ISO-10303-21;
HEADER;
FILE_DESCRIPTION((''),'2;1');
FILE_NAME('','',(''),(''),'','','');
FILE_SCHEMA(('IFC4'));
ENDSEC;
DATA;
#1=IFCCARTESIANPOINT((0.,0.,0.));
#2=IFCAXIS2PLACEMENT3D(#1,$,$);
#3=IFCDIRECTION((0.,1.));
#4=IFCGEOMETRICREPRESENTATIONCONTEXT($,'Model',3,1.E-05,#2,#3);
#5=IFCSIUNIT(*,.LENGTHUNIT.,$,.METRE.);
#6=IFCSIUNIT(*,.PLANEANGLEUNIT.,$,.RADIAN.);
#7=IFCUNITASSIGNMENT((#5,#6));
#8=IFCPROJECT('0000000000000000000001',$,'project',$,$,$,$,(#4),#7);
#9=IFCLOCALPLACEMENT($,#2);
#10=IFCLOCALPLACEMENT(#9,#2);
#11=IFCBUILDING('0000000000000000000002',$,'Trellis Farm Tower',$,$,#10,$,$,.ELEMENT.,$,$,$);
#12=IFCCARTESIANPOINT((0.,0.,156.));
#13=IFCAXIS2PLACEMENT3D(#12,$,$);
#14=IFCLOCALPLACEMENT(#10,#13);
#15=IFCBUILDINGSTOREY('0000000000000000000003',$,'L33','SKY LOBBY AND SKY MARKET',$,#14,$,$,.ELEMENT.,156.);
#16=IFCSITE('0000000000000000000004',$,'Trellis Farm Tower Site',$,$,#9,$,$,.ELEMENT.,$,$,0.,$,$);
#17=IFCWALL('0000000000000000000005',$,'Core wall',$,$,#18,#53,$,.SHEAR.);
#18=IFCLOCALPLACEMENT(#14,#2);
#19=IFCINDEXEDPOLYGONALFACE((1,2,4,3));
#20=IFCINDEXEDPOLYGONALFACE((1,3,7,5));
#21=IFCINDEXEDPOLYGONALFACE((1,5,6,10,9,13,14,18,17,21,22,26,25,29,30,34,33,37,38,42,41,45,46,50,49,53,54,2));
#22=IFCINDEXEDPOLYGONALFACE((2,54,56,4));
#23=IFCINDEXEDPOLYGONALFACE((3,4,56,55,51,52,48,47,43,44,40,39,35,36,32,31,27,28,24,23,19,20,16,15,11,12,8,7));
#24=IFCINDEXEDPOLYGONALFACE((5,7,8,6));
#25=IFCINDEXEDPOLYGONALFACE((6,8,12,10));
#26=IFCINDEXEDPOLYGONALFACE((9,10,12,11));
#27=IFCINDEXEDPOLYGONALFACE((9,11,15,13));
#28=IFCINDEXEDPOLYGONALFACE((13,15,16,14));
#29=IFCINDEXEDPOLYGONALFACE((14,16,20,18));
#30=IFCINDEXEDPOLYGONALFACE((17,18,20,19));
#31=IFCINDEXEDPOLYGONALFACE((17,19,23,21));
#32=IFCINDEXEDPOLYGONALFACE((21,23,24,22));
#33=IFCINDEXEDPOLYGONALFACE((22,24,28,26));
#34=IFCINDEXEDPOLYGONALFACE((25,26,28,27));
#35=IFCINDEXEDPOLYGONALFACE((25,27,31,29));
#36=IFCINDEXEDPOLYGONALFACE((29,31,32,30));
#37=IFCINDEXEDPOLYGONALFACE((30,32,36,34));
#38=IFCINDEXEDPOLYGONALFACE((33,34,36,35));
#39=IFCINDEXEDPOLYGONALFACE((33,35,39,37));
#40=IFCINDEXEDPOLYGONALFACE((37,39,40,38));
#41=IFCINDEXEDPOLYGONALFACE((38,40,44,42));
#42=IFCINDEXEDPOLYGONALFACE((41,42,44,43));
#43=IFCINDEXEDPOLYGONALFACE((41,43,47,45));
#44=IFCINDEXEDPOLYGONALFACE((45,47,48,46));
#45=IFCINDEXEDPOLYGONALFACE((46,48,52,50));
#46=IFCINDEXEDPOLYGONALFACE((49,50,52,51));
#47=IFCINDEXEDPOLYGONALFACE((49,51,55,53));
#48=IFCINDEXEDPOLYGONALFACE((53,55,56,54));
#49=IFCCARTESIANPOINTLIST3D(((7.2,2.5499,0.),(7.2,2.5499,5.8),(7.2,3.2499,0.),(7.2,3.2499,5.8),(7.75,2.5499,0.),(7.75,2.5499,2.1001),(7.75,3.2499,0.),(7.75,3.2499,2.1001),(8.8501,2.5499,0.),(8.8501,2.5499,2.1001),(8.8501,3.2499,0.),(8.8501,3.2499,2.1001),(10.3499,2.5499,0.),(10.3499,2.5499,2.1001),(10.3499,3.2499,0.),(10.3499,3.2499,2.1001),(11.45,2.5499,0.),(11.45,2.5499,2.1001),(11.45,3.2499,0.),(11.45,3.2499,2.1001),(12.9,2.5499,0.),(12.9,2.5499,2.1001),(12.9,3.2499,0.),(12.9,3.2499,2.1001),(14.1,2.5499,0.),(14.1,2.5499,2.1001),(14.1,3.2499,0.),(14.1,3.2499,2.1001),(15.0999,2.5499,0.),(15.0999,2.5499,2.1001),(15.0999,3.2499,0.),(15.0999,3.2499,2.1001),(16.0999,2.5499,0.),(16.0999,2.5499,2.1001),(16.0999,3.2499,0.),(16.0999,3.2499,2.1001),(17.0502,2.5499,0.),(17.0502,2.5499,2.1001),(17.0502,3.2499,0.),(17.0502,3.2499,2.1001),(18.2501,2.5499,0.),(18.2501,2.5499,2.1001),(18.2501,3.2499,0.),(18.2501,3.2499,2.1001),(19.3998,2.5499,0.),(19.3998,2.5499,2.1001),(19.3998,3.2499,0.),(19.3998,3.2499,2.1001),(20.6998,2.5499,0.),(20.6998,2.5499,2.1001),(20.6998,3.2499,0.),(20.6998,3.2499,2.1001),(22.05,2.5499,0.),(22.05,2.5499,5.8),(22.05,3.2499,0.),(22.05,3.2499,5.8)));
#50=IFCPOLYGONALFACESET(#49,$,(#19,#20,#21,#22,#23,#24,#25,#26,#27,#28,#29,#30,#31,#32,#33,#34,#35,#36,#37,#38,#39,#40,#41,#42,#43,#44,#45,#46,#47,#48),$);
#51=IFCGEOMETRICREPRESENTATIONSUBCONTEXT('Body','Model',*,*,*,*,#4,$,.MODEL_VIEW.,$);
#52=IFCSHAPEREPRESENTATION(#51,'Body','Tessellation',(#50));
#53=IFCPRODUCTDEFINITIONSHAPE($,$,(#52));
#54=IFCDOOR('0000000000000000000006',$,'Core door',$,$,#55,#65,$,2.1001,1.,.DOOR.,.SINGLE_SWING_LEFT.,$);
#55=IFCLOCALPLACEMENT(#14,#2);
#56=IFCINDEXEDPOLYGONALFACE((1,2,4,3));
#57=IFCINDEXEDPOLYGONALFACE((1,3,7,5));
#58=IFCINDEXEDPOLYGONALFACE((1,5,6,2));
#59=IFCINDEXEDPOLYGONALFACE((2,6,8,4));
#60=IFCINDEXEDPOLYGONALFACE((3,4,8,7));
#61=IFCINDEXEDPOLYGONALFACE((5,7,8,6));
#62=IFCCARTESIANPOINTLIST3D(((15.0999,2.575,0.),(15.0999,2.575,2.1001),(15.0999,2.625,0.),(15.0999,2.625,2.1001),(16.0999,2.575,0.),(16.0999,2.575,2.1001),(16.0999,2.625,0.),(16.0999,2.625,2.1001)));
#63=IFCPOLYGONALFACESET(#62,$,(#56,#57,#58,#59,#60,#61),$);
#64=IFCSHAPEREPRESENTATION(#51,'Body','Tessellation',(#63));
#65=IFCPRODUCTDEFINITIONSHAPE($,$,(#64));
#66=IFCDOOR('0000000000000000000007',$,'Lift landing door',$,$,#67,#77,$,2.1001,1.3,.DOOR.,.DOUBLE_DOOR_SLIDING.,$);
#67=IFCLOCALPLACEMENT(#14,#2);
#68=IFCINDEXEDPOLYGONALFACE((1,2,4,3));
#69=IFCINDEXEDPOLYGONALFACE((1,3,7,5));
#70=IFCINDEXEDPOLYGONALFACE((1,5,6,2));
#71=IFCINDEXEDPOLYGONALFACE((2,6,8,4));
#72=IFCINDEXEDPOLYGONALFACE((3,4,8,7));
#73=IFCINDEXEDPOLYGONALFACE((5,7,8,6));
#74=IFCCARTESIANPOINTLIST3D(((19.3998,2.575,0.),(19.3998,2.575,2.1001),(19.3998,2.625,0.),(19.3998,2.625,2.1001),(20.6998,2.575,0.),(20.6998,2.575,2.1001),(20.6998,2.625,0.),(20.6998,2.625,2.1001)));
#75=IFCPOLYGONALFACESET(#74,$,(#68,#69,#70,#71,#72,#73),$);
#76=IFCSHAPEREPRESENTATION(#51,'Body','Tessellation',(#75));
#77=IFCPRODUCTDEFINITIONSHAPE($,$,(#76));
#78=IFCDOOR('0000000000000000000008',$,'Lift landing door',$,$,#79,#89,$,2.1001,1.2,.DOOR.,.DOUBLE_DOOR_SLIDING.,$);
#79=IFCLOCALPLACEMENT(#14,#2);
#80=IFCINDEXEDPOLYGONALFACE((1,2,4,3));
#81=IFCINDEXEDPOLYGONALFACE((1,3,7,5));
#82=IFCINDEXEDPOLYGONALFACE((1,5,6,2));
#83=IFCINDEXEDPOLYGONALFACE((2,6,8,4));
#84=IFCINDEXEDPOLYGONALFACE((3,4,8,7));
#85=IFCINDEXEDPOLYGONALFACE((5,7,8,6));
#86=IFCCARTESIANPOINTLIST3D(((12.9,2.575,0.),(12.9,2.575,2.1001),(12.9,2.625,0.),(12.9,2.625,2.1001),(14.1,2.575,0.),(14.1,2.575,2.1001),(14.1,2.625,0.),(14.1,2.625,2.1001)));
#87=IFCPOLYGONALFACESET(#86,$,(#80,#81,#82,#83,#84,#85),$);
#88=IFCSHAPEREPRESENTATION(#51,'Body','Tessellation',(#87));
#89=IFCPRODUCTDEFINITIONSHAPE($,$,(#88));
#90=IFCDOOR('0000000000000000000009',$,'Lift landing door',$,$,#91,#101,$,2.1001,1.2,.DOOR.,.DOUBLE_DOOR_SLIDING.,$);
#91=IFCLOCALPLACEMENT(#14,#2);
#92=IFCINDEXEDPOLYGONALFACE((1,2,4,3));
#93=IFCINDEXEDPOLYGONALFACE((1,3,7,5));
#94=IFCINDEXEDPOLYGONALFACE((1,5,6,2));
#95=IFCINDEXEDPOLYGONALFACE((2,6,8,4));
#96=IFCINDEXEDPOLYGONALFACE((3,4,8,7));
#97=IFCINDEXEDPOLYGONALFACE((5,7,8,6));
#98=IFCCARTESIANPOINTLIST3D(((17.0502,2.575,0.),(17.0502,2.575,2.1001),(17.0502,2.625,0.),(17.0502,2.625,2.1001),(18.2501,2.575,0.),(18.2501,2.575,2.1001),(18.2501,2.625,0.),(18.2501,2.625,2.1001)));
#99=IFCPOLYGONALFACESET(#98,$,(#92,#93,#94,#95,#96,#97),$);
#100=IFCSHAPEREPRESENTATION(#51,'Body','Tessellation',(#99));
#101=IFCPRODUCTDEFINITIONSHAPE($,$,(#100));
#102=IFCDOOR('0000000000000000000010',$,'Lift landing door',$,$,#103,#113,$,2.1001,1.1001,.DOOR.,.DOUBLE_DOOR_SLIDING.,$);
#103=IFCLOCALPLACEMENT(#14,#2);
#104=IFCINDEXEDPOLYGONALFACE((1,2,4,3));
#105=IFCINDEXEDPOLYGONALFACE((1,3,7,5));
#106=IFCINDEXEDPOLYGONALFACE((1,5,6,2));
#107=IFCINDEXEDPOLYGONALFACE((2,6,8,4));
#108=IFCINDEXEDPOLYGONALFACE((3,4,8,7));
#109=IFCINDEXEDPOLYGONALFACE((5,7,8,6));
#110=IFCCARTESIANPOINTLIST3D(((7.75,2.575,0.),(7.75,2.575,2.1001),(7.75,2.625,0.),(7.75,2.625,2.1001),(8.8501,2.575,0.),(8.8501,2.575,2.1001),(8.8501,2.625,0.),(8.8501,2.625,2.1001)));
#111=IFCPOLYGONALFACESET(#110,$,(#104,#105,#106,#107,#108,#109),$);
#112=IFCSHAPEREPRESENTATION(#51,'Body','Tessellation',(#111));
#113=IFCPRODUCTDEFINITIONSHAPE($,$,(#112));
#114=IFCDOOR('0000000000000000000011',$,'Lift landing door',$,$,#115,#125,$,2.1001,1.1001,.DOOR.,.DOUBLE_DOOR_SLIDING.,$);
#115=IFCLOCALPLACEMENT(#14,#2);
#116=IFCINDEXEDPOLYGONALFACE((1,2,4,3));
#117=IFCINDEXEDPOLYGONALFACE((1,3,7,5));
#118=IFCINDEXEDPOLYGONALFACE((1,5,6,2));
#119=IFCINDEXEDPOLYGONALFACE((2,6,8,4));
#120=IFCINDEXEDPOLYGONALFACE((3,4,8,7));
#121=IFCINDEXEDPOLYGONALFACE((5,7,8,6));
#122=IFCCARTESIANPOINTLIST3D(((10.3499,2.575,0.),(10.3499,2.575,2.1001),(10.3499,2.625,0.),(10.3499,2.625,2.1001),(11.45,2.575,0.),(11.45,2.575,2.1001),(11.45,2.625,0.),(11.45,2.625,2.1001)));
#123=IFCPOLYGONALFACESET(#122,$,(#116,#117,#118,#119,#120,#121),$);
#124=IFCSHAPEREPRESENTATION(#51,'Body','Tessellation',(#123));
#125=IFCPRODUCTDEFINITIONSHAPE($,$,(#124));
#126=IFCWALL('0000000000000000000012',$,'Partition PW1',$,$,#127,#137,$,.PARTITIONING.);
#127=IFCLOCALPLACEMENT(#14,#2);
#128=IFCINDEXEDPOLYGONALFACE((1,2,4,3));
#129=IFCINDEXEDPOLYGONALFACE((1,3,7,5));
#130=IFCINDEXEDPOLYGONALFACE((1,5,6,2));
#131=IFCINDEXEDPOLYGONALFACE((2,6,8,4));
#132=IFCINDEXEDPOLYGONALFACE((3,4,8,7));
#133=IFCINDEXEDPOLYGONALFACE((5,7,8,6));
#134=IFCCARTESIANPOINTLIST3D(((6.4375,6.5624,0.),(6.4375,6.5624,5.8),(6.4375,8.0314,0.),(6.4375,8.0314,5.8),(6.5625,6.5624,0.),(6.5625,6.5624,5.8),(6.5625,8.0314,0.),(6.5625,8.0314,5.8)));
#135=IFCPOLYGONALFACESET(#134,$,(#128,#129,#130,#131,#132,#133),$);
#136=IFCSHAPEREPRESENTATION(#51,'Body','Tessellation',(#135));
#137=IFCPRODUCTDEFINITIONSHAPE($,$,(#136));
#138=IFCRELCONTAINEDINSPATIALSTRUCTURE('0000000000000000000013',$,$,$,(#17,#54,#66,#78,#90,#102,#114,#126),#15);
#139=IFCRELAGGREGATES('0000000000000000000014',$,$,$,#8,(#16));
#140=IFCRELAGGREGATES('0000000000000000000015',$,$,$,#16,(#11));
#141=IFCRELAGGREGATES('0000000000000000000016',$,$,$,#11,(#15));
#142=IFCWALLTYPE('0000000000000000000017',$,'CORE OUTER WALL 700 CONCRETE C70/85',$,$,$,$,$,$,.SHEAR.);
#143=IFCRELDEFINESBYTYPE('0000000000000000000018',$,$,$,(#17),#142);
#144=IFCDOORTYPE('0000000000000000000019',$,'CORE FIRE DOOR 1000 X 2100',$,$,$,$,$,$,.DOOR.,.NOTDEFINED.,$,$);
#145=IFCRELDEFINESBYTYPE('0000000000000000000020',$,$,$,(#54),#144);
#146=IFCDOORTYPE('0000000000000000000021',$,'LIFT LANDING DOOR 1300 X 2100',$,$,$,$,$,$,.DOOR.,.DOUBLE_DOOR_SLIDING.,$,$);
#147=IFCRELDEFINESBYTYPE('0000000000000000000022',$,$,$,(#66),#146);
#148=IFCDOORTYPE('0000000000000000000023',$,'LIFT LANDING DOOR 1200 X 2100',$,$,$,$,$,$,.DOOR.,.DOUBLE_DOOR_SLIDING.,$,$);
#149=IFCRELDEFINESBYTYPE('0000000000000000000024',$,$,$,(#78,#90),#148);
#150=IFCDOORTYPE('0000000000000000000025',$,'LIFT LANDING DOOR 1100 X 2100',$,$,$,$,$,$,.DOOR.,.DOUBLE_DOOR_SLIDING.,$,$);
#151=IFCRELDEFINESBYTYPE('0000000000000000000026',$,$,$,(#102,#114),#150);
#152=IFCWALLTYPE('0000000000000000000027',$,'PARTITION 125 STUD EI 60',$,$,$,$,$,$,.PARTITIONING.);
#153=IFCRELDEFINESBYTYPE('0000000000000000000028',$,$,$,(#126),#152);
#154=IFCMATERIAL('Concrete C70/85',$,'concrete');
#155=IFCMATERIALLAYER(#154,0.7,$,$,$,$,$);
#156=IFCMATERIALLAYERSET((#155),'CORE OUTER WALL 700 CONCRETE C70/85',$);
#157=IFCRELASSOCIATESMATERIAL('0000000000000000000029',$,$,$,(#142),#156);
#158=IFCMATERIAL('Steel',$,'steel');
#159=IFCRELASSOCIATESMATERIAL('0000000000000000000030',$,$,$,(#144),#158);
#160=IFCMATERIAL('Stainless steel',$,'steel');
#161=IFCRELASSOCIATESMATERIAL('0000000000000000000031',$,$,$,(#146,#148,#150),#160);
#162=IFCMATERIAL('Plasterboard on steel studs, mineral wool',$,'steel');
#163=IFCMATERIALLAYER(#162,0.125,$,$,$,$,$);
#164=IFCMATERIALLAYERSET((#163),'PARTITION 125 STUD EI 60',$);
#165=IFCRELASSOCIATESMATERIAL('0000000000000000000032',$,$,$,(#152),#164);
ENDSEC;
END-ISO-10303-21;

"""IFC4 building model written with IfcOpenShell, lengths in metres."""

from ifc_helpers import new_model, si_unit, direction, frame, frame_2d, origin, place, context, subcontext, project, spatial, rectangle, extrude, source, transform, mapped, material, layer, layer_set, type_object, element, fill, save


model = new_model("IFC4")

# Units and contexts
model_context = context("Model", 3, precision=1e-05, world=origin(), true_north=direction((0.0, 1.0)))
body_context = subcontext(model_context, "Body", "Model", "MODEL_VIEW")
ifc_project = project(units=[si_unit("LENGTHUNIT", "METRE"), si_unit("PLANEANGLEUNIT", "RADIAN")], contexts=[model_context])

# Site, building, storey
site_placement = place(None, origin())
site = spatial("IfcSite", under=ifc_project, at=site_placement, Name="Trellis Farm Tower Site", CompositionType="ELEMENT", RefElevation=0.0)
building_placement = place(site_placement, origin())
building = spatial("IfcBuilding", under=site, at=building_placement, Name="Trellis Farm Tower", CompositionType="ELEMENT")
storey_placement = place(building_placement, frame((0.0, 0.0, 156.0)))
storey = spatial("IfcBuildingStorey", under=building, at=storey_placement, Name="L33", Description="SKY LOBBY AND SKY MARKET", CompositionType="ELEMENT", Elevation=156.0)

# Shared definitions
ifc_material_1 = material(Name="Concrete C70/85", Category="concrete")

# Wall, openings, doors
ifc_layer_1 = layer(ifc_material_1, 0.7)
ifc_layer_set_1 = layer_set([ifc_layer_1], Name="CORE OUTER WALL 700 CONCRETE C70/85")
wall_type_1 = type_object("IfcWallType", Name="CORE OUTER WALL 700 CONCRETE C70/85", PredefinedType="SHEAR", material=ifc_layer_set_1)
shared_shape_1 = source(origin(), body_context, "Body", "SweptSolid", [
    extrude(rectangle(XDim=14.8501, YDim=0.7, at=frame_2d((7.425, 0.0))), origin(), (0.0, 0.0, 1.0), 5.8),
])
wall_1_placement = place(storey_placement, frame((7.2, 2.8999, 0.0), z_axis=(0.0, 0.0, 1.0), x_axis=(1.0, 0.0, 0.0)))
wall_1 = element("IfcWall", 1, at=wall_1_placement, inside=storey, type_object=wall_type_1, Name="Core wall", PredefinedType="SHEAR", context=body_context, shape_type="MappedRepresentation", body=[
    mapped(shared_shape_1, transform((0.0, 0.0, 0.0))),
])
shared_shape_2 = source(origin(), body_context, "Body", "SweptSolid", [
    extrude(rectangle(XDim=1.1001, YDim=2.1001, at=frame_2d((0.55, 1.05))), frame((0.0, 0.3601, 0.0), z_axis=(0.0, -1.0, 0.0), x_axis=(1.0, 0.0, 0.0)), (0.0, 0.0, 1.0), 0.7202),
])
opening_1_placement = place(wall_1_placement, frame((0.55, 0.0, 0.0)))
opening_1 = element("IfcOpeningElement", 2, at=opening_1_placement, cuts=wall_1, PredefinedType="OPENING", context=body_context, shape_type="MappedRepresentation", body=[
    mapped(shared_shape_2, transform((0.0, 0.0, 0.0))),
])
opening_2_placement = place(wall_1_placement, frame((3.1499, 0.0, 0.0)))
opening_2 = element("IfcOpeningElement", 3, at=opening_2_placement, cuts=wall_1, PredefinedType="OPENING", context=body_context, shape_type="MappedRepresentation", body=[
    mapped(shared_shape_2, transform((0.0, 0.0, 0.0))),
])
shared_shape_3 = source(origin(), body_context, "Body", "SweptSolid", [
    extrude(rectangle(XDim=1.2, YDim=2.1001, at=frame_2d((0.6001, 1.05))), frame((0.0, 0.3601, 0.0), z_axis=(0.0, -1.0, 0.0), x_axis=(1.0, 0.0, 0.0)), (0.0, 0.0, 1.0), 0.7202),
])
opening_3_placement = place(wall_1_placement, frame((5.7, 0.0, 0.0)))
opening_3 = element("IfcOpeningElement", 4, at=opening_3_placement, cuts=wall_1, PredefinedType="OPENING", context=body_context, shape_type="MappedRepresentation", body=[
    mapped(shared_shape_3, transform((0.0, 0.0, 0.0))),
])
shared_shape_4 = source(origin(), body_context, "Body", "SweptSolid", [
    extrude(rectangle(XDim=1.3, YDim=2.1001, at=frame_2d((0.6499, 1.05))), frame((0.0, 0.3601, 0.0), z_axis=(0.0, -1.0, 0.0), x_axis=(1.0, 0.0, 0.0)), (0.0, 0.0, 1.0), 0.7202),
])
opening_4_placement = place(wall_1_placement, frame((12.2, 0.0, 0.0)))
opening_4 = element("IfcOpeningElement", 5, at=opening_4_placement, cuts=wall_1, PredefinedType="OPENING", context=body_context, shape_type="MappedRepresentation", body=[
    mapped(shared_shape_4, transform((0.0, 0.0, 0.0))),
])
opening_5_placement = place(wall_1_placement, frame((9.8501, 0.0, 0.0)))
opening_5 = element("IfcOpeningElement", 6, at=opening_5_placement, cuts=wall_1, PredefinedType="OPENING", context=body_context, shape_type="MappedRepresentation", body=[
    mapped(shared_shape_3, transform((0.0, 0.0, 0.0))),
])
shared_shape_5 = source(origin(), body_context, "Body", "SweptSolid", [
    extrude(rectangle(XDim=1.0, YDim=2.1001, at=frame_2d((0.5, 1.05))), frame((0.0, 0.3601, 0.0), z_axis=(0.0, -1.0, 0.0), x_axis=(1.0, 0.0, 0.0)), (0.0, 0.0, 1.0), 0.7202),
])
opening_6_placement = place(wall_1_placement, frame((7.8999, 0.0, 0.0)))
opening_6 = element("IfcOpeningElement", 7, at=opening_6_placement, cuts=wall_1, PredefinedType="OPENING", context=body_context, shape_type="MappedRepresentation", body=[
    mapped(shared_shape_5, transform((0.0, 0.0, 0.0))),
])
ifc_material_2 = material(Name="Steel", Category="steel")
door_type_1 = type_object("IfcDoorType", Name="CORE FIRE DOOR 1000 X 2100", OperationType="NOTDEFINED", PredefinedType="DOOR", material=ifc_material_2)
shared_shape_6 = source(origin(), body_context, "Body", "SweptSolid", [
    extrude(rectangle(XDim=1.0, YDim=2.1001, at=frame_2d((0.5, 1.05))), frame((0.0, -0.2749, 0.0), z_axis=(0.0, -1.0, 0.0), x_axis=(1.0, 0.0, 0.0)), (0.0, 0.0, 1.0), 0.05),
])
door_1_placement = place(opening_6_placement, origin())
door_1 = element("IfcDoor", 8, at=door_1_placement, inside=storey, type_object=door_type_1, Name="Core door", OperationType="SINGLE_SWING_LEFT", OverallHeight=2.1001, OverallWidth=1.0, PredefinedType="DOOR", context=body_context, shape_type="MappedRepresentation", body=[
    mapped(shared_shape_6, transform((0.0, 0.0, 0.0))),
])
fill(opening_6, door_1)
ifc_material_3 = material(Name="Stainless steel", Category="steel")
door_type_2 = type_object("IfcDoorType", Name="LIFT LANDING DOOR 1300 X 2100", OperationType="DOUBLE_DOOR_SLIDING", PredefinedType="DOOR", material=ifc_material_3)
shared_shape_7 = source(origin(), body_context, "Body", "SweptSolid", [
    extrude(rectangle(XDim=1.3, YDim=2.1001, at=frame_2d((0.6499, 1.05))), frame((0.0, -0.2749, 0.0), z_axis=(0.0, -1.0, 0.0), x_axis=(1.0, 0.0, 0.0)), (0.0, 0.0, 1.0), 0.05),
])
door_2_placement = place(opening_4_placement, origin())
door_2 = element("IfcDoor", 9, at=door_2_placement, inside=storey, type_object=door_type_2, Name="Lift landing door", OperationType="DOUBLE_DOOR_SLIDING", OverallHeight=2.1001, OverallWidth=1.3, PredefinedType="DOOR", context=body_context, shape_type="MappedRepresentation", body=[
    mapped(shared_shape_7, transform((0.0, 0.0, 0.0))),
])
fill(opening_4, door_2)
door_type_3 = type_object("IfcDoorType", Name="LIFT LANDING DOOR 1200 X 2100", OperationType="DOUBLE_DOOR_SLIDING", PredefinedType="DOOR", material=ifc_material_3)
shared_shape_8 = source(origin(), body_context, "Body", "SweptSolid", [
    extrude(rectangle(XDim=1.2, YDim=2.1001, at=frame_2d((0.6001, 1.05))), frame((0.0, -0.2749, 0.0), z_axis=(0.0, -1.0, 0.0), x_axis=(1.0, 0.0, 0.0)), (0.0, 0.0, 1.0), 0.05),
])
door_3_placement = place(opening_3_placement, origin())
door_3 = element("IfcDoor", 10, at=door_3_placement, inside=storey, type_object=door_type_3, Name="Lift landing door", OperationType="DOUBLE_DOOR_SLIDING", OverallHeight=2.1001, OverallWidth=1.2, PredefinedType="DOOR", context=body_context, shape_type="MappedRepresentation", body=[
    mapped(shared_shape_8, transform((0.0, 0.0, 0.0))),
])
fill(opening_3, door_3)
door_4_placement = place(opening_5_placement, origin())
door_4 = element("IfcDoor", 11, at=door_4_placement, inside=storey, type_object=door_type_3, Name="Lift landing door", OperationType="DOUBLE_DOOR_SLIDING", OverallHeight=2.1001, OverallWidth=1.2, PredefinedType="DOOR", context=body_context, shape_type="MappedRepresentation", body=[
    mapped(shared_shape_8, transform((0.0, 0.0, 0.0))),
])
fill(opening_5, door_4)
door_type_4 = type_object("IfcDoorType", Name="LIFT LANDING DOOR 1100 X 2100", OperationType="DOUBLE_DOOR_SLIDING", PredefinedType="DOOR", material=ifc_material_3)
shared_shape_9 = source(origin(), body_context, "Body", "SweptSolid", [
    extrude(rectangle(XDim=1.1001, YDim=2.1001, at=frame_2d((0.55, 1.05))), frame((0.0, -0.2749, 0.0), z_axis=(0.0, -1.0, 0.0), x_axis=(1.0, 0.0, 0.0)), (0.0, 0.0, 1.0), 0.05),
])
door_5_placement = place(opening_1_placement, origin())
door_5 = element("IfcDoor", 12, at=door_5_placement, inside=storey, type_object=door_type_4, Name="Lift landing door", OperationType="DOUBLE_DOOR_SLIDING", OverallHeight=2.1001, OverallWidth=1.1001, PredefinedType="DOOR", context=body_context, shape_type="MappedRepresentation", body=[
    mapped(shared_shape_9, transform((0.0, 0.0, 0.0))),
])
fill(opening_1, door_5)
door_6_placement = place(opening_2_placement, origin())
door_6 = element("IfcDoor", 13, at=door_6_placement, inside=storey, type_object=door_type_4, Name="Lift landing door", OperationType="DOUBLE_DOOR_SLIDING", OverallHeight=2.1001, OverallWidth=1.1001, PredefinedType="DOOR", context=body_context, shape_type="MappedRepresentation", body=[
    mapped(shared_shape_9, transform((0.0, 0.0, 0.0))),
])
fill(opening_2, door_6)

# Wall
ifc_material_4 = material(Name="Plasterboard on steel studs, mineral wool", Category="steel")
ifc_layer_2 = layer(ifc_material_4, 0.125)
ifc_layer_set_2 = layer_set([ifc_layer_2], Name="PARTITION 125 STUD EI 60")
wall_type_2 = type_object("IfcWallType", Name="PARTITION 125 STUD EI 60", PredefinedType="PARTITIONING", material=ifc_layer_set_2)
shared_shape_10 = source(origin(), body_context, "Body", "SweptSolid", [
    extrude(rectangle(XDim=1.469, YDim=0.125, at=frame_2d((0.7344, 0.0))), origin(), (0.0, 0.0, 1.0), 5.8),
])
wall_2_placement = place(storey_placement, frame((6.5, 6.5625, 0.0), z_axis=(0.0, 0.0, 1.0), x_axis=(0.0, 1.0, 0.0)))
element("IfcWall", 14, at=wall_2_placement, inside=storey, type_object=wall_type_2, Name="Partition PW1", PredefinedType="PARTITIONING", context=body_context, shape_type="MappedRepresentation", body=[
    mapped(shared_shape_10, transform((0.0, 0.0, 0.0))),
])

save(model, "model.ifc")
